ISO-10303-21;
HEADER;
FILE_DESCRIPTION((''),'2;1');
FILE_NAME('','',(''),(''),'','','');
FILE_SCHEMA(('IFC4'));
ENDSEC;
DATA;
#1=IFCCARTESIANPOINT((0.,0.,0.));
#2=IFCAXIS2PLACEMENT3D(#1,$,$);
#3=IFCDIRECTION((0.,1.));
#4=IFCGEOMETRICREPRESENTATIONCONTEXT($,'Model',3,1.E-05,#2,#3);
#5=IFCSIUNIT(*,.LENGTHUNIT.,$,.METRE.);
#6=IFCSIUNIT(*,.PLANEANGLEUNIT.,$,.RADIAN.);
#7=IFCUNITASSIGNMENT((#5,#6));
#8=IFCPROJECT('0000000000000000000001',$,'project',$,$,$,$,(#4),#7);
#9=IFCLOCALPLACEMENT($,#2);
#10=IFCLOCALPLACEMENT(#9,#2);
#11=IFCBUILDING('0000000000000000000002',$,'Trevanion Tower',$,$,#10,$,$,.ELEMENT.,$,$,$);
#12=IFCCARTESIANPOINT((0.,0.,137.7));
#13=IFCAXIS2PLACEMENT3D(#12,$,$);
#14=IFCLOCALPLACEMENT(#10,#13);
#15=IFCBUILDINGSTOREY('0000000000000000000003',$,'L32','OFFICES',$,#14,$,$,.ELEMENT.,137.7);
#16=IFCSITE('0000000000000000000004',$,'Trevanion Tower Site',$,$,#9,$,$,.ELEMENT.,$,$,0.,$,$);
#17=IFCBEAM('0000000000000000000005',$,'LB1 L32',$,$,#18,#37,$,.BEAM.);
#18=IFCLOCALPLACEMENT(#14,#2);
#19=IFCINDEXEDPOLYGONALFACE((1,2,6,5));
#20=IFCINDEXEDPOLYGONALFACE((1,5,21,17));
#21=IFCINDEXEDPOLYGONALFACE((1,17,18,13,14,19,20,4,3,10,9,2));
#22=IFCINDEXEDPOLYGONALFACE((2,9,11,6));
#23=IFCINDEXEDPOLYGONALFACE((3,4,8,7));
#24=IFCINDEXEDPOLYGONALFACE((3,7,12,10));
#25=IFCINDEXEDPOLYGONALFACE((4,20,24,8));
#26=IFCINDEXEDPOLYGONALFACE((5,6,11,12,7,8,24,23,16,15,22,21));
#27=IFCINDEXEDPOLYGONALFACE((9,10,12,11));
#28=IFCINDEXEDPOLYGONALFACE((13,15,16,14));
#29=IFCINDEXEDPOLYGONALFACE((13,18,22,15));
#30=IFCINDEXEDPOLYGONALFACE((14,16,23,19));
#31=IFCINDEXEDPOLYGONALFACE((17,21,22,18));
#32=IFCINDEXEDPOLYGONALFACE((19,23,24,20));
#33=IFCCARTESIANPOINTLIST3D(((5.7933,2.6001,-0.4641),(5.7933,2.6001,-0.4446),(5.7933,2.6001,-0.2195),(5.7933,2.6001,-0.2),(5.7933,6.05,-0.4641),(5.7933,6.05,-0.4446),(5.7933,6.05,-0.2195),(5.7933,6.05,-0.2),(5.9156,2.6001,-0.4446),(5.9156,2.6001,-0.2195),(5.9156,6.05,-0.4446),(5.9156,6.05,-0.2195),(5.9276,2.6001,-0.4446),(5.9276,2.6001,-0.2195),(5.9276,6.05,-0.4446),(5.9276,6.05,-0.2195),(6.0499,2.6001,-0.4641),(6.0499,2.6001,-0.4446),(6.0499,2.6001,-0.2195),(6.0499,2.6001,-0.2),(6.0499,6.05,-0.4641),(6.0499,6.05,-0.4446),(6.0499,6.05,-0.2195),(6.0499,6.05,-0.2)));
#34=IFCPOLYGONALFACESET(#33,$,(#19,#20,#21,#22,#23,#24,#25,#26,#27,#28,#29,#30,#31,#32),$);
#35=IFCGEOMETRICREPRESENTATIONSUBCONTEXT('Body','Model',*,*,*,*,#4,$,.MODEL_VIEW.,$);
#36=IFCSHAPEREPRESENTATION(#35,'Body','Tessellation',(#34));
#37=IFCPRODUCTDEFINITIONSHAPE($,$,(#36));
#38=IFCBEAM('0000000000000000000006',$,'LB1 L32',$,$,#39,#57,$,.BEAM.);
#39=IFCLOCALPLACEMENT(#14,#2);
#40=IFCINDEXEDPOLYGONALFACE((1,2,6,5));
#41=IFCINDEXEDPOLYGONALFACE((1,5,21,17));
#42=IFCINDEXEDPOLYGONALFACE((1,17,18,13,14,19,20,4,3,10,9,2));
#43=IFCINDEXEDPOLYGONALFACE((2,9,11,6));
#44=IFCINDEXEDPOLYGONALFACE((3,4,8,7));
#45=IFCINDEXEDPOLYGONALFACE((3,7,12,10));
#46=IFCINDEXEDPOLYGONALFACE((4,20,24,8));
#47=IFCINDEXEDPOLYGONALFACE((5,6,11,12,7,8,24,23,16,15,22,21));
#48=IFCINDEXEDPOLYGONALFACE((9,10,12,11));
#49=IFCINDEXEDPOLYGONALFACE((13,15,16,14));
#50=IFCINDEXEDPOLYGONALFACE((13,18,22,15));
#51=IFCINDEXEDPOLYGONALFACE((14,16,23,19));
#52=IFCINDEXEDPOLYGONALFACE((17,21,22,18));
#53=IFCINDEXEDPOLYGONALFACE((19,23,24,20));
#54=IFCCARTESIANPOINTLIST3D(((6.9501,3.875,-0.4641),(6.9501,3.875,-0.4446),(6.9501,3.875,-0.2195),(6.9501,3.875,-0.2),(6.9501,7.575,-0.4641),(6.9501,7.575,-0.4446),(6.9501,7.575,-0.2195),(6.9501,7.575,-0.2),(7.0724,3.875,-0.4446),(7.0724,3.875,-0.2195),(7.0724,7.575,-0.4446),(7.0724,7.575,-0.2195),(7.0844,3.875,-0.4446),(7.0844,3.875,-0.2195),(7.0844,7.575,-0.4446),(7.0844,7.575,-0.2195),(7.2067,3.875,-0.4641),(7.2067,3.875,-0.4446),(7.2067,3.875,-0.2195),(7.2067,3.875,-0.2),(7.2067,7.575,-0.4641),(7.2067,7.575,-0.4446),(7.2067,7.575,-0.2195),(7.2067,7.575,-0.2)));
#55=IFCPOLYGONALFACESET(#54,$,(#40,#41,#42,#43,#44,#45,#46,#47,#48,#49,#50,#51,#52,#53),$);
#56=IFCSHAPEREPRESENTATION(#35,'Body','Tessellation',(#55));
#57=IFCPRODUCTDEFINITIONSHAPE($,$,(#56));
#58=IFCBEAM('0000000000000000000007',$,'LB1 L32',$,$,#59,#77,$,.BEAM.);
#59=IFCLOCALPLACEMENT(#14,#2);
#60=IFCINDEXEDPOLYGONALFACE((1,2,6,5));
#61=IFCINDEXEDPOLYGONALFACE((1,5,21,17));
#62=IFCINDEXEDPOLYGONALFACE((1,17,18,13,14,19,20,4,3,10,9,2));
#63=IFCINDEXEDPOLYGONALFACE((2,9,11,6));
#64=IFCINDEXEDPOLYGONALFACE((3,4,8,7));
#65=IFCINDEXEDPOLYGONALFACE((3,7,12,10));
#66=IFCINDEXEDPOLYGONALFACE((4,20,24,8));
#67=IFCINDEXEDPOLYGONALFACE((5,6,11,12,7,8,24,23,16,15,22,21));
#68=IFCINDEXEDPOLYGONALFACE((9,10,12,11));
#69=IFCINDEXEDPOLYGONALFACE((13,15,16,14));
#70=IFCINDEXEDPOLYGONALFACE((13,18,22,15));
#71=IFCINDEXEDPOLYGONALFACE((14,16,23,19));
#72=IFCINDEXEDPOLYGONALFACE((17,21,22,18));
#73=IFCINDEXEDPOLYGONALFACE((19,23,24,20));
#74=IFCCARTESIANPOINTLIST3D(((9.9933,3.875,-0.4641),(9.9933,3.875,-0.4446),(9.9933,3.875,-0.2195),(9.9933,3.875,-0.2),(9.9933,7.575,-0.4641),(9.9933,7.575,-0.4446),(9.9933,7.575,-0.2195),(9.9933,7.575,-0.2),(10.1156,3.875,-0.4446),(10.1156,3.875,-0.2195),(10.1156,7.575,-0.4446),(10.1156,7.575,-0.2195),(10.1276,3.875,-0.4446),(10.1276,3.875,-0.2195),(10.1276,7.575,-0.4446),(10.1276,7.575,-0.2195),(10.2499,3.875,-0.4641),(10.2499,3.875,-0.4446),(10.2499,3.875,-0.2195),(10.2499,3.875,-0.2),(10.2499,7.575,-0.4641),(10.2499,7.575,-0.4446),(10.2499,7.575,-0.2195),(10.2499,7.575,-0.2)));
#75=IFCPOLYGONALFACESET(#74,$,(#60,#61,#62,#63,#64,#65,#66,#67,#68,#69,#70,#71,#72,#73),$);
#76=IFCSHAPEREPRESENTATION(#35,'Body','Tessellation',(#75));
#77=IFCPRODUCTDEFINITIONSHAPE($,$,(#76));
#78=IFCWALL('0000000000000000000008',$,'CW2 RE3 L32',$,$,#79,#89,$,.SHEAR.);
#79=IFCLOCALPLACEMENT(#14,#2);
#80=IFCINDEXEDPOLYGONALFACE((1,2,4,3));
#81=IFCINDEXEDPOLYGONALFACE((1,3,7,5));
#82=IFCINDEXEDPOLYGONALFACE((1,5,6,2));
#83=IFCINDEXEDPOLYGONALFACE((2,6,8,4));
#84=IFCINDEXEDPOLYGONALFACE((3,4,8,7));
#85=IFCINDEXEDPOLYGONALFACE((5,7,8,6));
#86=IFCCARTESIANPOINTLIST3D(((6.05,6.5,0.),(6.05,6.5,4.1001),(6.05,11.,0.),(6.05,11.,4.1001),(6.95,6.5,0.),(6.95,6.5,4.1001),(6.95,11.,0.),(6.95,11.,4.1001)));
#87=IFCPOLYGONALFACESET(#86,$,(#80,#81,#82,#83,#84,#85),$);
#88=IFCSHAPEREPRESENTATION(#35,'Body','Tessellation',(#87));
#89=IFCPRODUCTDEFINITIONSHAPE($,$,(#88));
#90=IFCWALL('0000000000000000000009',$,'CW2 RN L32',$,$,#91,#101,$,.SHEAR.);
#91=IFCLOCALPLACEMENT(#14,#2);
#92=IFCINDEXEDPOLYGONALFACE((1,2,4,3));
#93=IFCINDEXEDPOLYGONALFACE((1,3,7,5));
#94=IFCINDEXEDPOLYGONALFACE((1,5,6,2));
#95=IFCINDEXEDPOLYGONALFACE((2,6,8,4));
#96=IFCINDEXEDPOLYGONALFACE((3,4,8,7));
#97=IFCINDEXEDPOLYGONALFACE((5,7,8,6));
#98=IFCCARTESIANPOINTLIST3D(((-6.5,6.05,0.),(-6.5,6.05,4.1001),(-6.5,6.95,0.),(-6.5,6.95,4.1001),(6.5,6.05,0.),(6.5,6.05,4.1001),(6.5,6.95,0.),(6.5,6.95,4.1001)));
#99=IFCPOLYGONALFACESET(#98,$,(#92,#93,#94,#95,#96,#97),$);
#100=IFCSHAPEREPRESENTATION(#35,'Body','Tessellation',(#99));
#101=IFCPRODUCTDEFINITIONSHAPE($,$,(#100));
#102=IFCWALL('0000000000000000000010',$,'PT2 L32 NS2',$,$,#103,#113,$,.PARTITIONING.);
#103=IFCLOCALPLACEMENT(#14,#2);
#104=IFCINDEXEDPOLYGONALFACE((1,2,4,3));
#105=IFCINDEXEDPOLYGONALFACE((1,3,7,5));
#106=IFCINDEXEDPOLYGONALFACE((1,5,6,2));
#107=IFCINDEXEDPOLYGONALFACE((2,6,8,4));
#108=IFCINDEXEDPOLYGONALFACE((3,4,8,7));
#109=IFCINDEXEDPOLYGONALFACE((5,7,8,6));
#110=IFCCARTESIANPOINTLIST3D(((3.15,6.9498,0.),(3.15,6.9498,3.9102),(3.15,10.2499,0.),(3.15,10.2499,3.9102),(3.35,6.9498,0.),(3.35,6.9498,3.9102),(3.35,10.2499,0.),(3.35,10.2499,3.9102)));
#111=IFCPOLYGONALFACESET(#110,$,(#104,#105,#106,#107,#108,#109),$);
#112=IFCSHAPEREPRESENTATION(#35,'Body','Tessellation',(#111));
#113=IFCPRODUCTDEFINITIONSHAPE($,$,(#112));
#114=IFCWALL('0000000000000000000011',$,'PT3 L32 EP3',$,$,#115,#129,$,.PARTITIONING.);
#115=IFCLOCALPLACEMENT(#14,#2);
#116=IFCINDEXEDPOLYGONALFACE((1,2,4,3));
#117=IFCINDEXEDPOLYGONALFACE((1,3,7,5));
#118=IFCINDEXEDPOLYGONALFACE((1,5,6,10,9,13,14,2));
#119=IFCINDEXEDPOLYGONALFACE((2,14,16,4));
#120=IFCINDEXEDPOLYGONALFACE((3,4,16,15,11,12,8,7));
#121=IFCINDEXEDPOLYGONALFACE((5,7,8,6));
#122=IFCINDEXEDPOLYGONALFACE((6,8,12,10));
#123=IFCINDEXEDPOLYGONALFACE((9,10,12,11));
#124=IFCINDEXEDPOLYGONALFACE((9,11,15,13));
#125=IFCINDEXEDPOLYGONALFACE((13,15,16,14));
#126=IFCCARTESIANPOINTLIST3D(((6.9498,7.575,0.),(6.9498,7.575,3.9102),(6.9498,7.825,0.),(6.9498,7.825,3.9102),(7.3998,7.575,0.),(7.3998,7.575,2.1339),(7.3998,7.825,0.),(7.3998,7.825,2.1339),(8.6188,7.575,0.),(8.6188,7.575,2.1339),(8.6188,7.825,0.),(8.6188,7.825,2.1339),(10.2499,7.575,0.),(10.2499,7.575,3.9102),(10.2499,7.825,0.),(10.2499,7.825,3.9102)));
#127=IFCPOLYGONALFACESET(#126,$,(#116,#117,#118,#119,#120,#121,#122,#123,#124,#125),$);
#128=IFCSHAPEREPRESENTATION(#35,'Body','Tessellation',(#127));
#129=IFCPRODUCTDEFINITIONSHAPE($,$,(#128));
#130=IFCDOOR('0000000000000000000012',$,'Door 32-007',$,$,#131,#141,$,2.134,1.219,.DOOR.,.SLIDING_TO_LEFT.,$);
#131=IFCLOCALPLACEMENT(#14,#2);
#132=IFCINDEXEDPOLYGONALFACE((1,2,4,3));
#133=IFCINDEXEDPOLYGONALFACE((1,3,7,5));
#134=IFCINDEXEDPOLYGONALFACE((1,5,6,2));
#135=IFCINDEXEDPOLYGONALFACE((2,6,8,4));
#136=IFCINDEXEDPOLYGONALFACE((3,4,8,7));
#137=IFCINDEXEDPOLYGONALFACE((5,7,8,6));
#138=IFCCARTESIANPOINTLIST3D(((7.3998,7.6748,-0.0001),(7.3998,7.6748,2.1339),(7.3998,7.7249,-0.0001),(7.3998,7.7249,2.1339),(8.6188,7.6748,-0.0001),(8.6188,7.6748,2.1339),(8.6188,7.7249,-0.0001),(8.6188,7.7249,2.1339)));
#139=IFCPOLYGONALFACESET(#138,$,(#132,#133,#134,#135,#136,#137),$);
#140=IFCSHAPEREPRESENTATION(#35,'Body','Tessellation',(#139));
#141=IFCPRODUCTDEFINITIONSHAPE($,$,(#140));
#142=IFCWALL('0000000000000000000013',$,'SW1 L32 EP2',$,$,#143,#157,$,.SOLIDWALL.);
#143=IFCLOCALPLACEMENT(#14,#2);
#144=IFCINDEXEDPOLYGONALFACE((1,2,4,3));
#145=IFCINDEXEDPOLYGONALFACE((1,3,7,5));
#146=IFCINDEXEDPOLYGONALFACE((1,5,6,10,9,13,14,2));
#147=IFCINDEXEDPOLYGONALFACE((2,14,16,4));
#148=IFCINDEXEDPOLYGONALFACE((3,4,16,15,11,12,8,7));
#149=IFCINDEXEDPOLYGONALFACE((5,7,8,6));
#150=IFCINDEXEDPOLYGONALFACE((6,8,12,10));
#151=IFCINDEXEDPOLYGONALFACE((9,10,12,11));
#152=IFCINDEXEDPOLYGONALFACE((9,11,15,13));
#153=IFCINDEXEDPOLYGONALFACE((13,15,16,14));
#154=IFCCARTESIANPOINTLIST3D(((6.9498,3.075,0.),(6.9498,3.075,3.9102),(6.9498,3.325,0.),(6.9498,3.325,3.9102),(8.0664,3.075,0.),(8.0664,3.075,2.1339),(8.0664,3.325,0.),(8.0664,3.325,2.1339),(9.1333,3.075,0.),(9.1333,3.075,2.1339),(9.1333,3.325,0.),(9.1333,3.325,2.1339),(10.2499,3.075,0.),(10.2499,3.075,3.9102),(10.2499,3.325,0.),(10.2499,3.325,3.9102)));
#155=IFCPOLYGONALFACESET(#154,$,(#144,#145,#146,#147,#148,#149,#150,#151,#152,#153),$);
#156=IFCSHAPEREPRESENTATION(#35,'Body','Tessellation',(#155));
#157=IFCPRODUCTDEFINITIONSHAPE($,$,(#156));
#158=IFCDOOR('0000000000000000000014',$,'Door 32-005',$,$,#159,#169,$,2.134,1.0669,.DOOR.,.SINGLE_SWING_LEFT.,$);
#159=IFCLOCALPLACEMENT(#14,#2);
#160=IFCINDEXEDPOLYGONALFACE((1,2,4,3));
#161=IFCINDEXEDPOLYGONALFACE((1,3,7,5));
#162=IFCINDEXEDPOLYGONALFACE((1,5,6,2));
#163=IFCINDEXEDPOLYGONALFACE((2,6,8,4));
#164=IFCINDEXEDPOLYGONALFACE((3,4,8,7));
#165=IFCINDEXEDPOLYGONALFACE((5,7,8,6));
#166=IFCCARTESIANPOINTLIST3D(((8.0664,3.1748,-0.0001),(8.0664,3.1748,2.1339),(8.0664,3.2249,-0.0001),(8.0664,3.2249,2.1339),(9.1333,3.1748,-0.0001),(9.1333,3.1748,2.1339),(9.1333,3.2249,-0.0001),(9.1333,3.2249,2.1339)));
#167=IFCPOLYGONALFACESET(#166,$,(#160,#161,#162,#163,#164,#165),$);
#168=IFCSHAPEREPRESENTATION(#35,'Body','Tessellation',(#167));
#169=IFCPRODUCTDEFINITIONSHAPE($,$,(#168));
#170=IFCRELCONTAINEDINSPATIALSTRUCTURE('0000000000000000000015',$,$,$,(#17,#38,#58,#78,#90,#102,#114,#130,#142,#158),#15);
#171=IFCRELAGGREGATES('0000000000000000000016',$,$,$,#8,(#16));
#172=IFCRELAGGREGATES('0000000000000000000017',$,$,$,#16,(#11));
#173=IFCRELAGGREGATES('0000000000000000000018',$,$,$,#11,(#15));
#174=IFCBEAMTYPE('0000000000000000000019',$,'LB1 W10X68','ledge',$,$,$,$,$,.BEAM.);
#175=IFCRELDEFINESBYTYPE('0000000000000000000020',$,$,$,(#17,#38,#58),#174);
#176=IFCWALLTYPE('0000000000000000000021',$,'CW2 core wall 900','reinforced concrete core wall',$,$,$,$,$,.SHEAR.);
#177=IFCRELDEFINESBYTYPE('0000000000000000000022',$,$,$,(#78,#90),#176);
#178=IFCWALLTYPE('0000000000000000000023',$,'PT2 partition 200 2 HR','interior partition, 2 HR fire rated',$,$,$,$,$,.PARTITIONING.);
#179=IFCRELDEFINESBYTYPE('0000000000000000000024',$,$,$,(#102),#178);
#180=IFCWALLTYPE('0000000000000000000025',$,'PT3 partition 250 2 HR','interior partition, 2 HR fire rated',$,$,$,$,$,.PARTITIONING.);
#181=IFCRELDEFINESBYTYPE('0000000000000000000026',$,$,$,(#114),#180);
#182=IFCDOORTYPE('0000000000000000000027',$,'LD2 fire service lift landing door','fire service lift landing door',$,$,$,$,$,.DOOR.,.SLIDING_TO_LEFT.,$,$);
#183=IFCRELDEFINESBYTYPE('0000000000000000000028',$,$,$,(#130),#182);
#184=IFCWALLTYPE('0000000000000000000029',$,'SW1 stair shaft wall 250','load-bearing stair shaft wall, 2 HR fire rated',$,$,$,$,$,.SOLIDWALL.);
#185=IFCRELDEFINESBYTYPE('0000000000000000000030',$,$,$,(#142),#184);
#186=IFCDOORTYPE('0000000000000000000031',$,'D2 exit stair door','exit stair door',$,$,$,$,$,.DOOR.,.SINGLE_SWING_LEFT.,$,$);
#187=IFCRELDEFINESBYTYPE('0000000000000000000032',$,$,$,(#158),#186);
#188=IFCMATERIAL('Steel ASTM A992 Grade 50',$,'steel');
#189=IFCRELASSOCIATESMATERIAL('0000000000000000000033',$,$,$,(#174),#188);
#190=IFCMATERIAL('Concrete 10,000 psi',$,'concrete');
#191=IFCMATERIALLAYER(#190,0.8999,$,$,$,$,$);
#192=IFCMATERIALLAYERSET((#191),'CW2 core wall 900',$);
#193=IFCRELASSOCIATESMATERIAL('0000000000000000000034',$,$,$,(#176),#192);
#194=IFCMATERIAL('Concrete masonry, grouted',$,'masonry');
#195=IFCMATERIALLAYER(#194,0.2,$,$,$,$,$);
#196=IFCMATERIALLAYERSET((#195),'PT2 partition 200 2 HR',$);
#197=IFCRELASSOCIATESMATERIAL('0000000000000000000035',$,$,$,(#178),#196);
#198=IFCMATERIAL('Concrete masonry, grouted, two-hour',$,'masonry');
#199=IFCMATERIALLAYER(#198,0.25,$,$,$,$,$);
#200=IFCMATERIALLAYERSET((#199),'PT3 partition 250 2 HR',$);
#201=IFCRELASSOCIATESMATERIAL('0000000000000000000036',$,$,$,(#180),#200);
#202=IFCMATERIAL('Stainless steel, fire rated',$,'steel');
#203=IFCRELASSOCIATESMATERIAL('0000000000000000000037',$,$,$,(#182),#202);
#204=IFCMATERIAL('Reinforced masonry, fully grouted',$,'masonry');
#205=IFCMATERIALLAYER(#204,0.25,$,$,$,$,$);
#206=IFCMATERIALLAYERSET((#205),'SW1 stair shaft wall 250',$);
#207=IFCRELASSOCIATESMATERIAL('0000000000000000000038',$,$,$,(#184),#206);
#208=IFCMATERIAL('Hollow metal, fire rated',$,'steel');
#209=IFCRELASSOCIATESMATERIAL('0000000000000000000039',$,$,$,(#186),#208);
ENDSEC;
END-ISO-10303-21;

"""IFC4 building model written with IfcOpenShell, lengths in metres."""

from ifc_helpers import new_model, si_unit, direction, frame, frame_2d, origin, origin_2d, place, context, subcontext, project, spatial, rectangle, i_section, extrude, material, layer, layer_set, material_profile, profile_set, type_object, element, fill, save


model = new_model("IFC4")

# Units and contexts
model_context = context("Model", 3, precision=1e-05, world=origin(), true_north=direction((0.0, 1.0)))
body_context = subcontext(model_context, "Body", "Model", "MODEL_VIEW")
ifc_project = project(units=[si_unit("LENGTHUNIT", "METRE"), si_unit("PLANEANGLEUNIT", "RADIAN")], contexts=[model_context])

# Site, building, storey
site_placement = place(None, origin())
site = spatial("IfcSite", under=ifc_project, at=site_placement, Name="Trevanion Tower Site", CompositionType="ELEMENT", RefElevation=0.0)
building_placement = place(site_placement, origin())
building = spatial("IfcBuilding", under=site, at=building_placement, Name="Trevanion Tower", CompositionType="ELEMENT")
storey_placement = place(building_placement, frame((0.0, 0.0, 137.7)))
storey = spatial("IfcBuildingStorey", under=building, at=storey_placement, Name="L32", Description="OFFICES", CompositionType="ELEMENT", Elevation=137.7)

# Beams
ifc_material_1 = material(Name="Steel ASTM A992 Grade 50", Category="steel")
ifc_material_profile = material_profile(ifc_material_1, i_section(OverallWidth=0.2566, OverallDepth=0.2642, WebThickness=0.012, FlangeThickness=0.0195, at=origin_2d()), Name="W10X68")
ifc_profile_set = profile_set([ifc_material_profile], Name="Steel ASTM A992 Grade 50")
beam_type = type_object("IfcBeamType", Name="LB1 W10X68", Description="ledge", PredefinedType="BEAM", material=ifc_profile_set)
beam_placement = place(storey_placement, frame((5.9216, 2.6001, -0.332), z_axis=(0.0, 1.0, 0.0), x_axis=(-1.0, 0.0, 0.0)))
element("IfcBeam", 1, at=beam_placement, inside=storey, type_object=beam_type, Name="LB1 L32", PredefinedType="BEAM", context=body_context, shape_type="SweptSolid", body=[
    extrude(i_section(OverallWidth=0.2566, OverallDepth=0.2642, WebThickness=0.012, FlangeThickness=0.0195, at=origin_2d()), origin(), (0.0, 0.0, 1.0), 3.45),
])
for number, where, z_axis, x_axis, name in (
    (2, (7.0784, 3.875, -0.332), (0.0, 1.0, 0.0), (-1.0, 0.0, 0.0), "LB1 L32"),
    (3, (10.1216, 3.875, -0.332), (0.0, 1.0, 0.0), (-1.0, 0.0, 0.0), "LB1 L32"),
):
    element("IfcBeam", number, at=place(storey_placement, frame(where, z_axis=z_axis, x_axis=x_axis)), inside=storey, type_object=beam_type, Name=name, PredefinedType="BEAM", context=body_context, shape_type="SweptSolid", body=[
        extrude(i_section(OverallWidth=0.2566, OverallDepth=0.2642, WebThickness=0.012, FlangeThickness=0.0195, at=origin_2d()), origin(), (0.0, 0.0, 1.0), 3.7),
    ])

# Walls
ifc_material_2 = material(Name="Concrete 10,000 psi", Category="concrete")
ifc_layer_1 = layer(ifc_material_2, 0.8999)
ifc_layer_set_1 = layer_set([ifc_layer_1], Name="CW2 core wall 900")
wall_type_1 = type_object("IfcWallType", Name="CW2 core wall 900", Description="reinforced concrete core wall", PredefinedType="SHEAR", material=ifc_layer_set_1)
wall_1_placement = place(storey_placement, frame((6.5, 6.5, 0.0), z_axis=(0.0, 0.0, 1.0), x_axis=(0.0, 1.0, 0.0)))
element("IfcWall", 4, at=wall_1_placement, inside=storey, type_object=wall_type_1, Name="CW2 RE3 L32", PredefinedType="SHEAR", context=body_context, shape_type="SweptSolid", body=[
    extrude(rectangle(XDim=4.5, YDim=0.8999, at=frame_2d((2.25, 0.0))), origin(), (0.0, 0.0, 1.0), 4.1001),
])
wall_2_placement = place(storey_placement, frame((6.5, 6.5, 0.0), z_axis=(0.0, 0.0, 1.0), x_axis=(-1.0, 0.0, 0.0)))
element("IfcWall", 5, at=wall_2_placement, inside=storey, type_object=wall_type_1, Name="CW2 RN L32", PredefinedType="SHEAR", context=body_context, shape_type="SweptSolid", body=[
    extrude(rectangle(XDim=13.0, YDim=0.8999, at=frame_2d((6.5, 0.0))), origin(), (0.0, 0.0, 1.0), 4.1001),
])
ifc_material_3 = material(Name="Concrete masonry, grouted", Category="masonry")
ifc_layer_2 = layer(ifc_material_3, 0.2)
ifc_layer_set_2 = layer_set([ifc_layer_2], Name="PT2 partition 200 2 HR")
wall_type_2 = type_object("IfcWallType", Name="PT2 partition 200 2 HR", Description="interior partition, 2 HR fire rated", PredefinedType="PARTITIONING", material=ifc_layer_set_2)
wall_3_placement = place(storey_placement, frame((3.25, 6.95, 0.0), z_axis=(0.0, 0.0, 1.0), x_axis=(0.0, 1.0, 0.0)))
element("IfcWall", 6, at=wall_3_placement, inside=storey, type_object=wall_type_2, Name="PT2 L32 NS2", PredefinedType="PARTITIONING", context=body_context, shape_type="SweptSolid", body=[
    extrude(rectangle(XDim=3.3, YDim=0.2, at=frame_2d((1.6499, 0.0))), origin(), (0.0, 0.0, 1.0), 3.9102),
])

# Walls, openings, doors
ifc_material_4 = material(Name="Concrete masonry, grouted, two-hour", Category="masonry")
ifc_layer_3 = layer(ifc_material_4, 0.25)
ifc_layer_set_3 = layer_set([ifc_layer_3], Name="PT3 partition 250 2 HR")
wall_type_3 = type_object("IfcWallType", Name="PT3 partition 250 2 HR", Description="interior partition, 2 HR fire rated", PredefinedType="PARTITIONING", material=ifc_layer_set_3)
wall_4_placement = place(storey_placement, frame((6.95, 7.7, 0.0), z_axis=(0.0, 0.0, 1.0), x_axis=(1.0, 0.0, 0.0)))
wall_4 = element("IfcWall", 7, at=wall_4_placement, inside=storey, type_object=wall_type_3, Name="PT3 L32 EP3", PredefinedType="PARTITIONING", context=body_context, shape_type="SweptSolid", body=[
    extrude(rectangle(XDim=3.3, YDim=0.25, at=frame_2d((1.6499, 0.0))), origin(), (0.0, 0.0, 1.0), 3.9102),
])
opening_1_placement = place(wall_4_placement, frame((0.45, 0.0, 0.0)))
opening_1 = element("IfcOpeningElement", 8, at=opening_1_placement, cuts=wall_4, PredefinedType="OPENING", context=body_context, shape_type="SweptSolid", body=[
    extrude(rectangle(XDim=1.219, YDim=2.134, at=frame_2d((0.6094, 1.0669))), frame((0.0, 0.135, 0.0), z_axis=(0.0, -1.0, 0.0), x_axis=(1.0, 0.0, 0.0)), (0.0, 0.0, 1.0), 0.27),
])
ifc_material_5 = material(Name="Stainless steel, fire rated", Category="steel")
door_type_1 = type_object("IfcDoorType", Name="LD2 fire service lift landing door", Description="fire service lift landing door", OperationType="SLIDING_TO_LEFT", PredefinedType="DOOR", material=ifc_material_5)
door_1_placement = place(opening_1_placement, origin())
door_1 = element("IfcDoor", 9, at=door_1_placement, inside=storey, type_object=door_type_1, Name="Door 32-007", OperationType="SLIDING_TO_LEFT", OverallHeight=2.134, OverallWidth=1.219, PredefinedType="DOOR", context=body_context, shape_type="SweptSolid", body=[
    extrude(rectangle(XDim=1.219, YDim=2.134, at=frame_2d((0.6094, 1.0669))), frame((0.0, 0.0249, 0.0), z_axis=(0.0, -1.0, 0.0), x_axis=(1.0, 0.0, 0.0)), (0.0, 0.0, 1.0), 0.05),
])
fill(opening_1, door_1)
ifc_material_6 = material(Name="Reinforced masonry, fully grouted", Category="masonry")
ifc_layer_4 = layer(ifc_material_6, 0.25)
ifc_layer_set_4 = layer_set([ifc_layer_4], Name="SW1 stair shaft wall 250")
wall_type_4 = type_object("IfcWallType", Name="SW1 stair shaft wall 250", Description="load-bearing stair shaft wall, 2 HR fire rated", PredefinedType="SOLIDWALL", material=ifc_layer_set_4)
wall_5_placement = place(storey_placement, frame((6.95, 3.2, 0.0), z_axis=(0.0, 0.0, 1.0), x_axis=(1.0, 0.0, 0.0)))
wall_5 = element("IfcWall", 10, at=wall_5_placement, inside=storey, type_object=wall_type_4, Name="SW1 L32 EP2", PredefinedType="SOLIDWALL", context=body_context, shape_type="SweptSolid", body=[
    extrude(rectangle(XDim=3.3, YDim=0.25, at=frame_2d((1.6499, 0.0))), origin(), (0.0, 0.0, 1.0), 3.9102),
])
opening_2_placement = place(wall_5_placement, frame((1.1165, 0.0, 0.0)))
opening_2 = element("IfcOpeningElement", 11, at=opening_2_placement, cuts=wall_5, PredefinedType="OPENING", context=body_context, shape_type="SweptSolid", body=[
    extrude(rectangle(XDim=1.0669, YDim=2.134, at=frame_2d((0.5334, 1.0669))), frame((0.0, 0.135, 0.0), z_axis=(0.0, -1.0, 0.0), x_axis=(1.0, 0.0, 0.0)), (0.0, 0.0, 1.0), 0.27),
])
ifc_material_7 = material(Name="Hollow metal, fire rated", Category="steel")
door_type_2 = type_object("IfcDoorType", Name="D2 exit stair door", Description="exit stair door", OperationType="SINGLE_SWING_LEFT", PredefinedType="DOOR", material=ifc_material_7)
door_2_placement = place(opening_2_placement, origin())
door_2 = element("IfcDoor", 12, at=door_2_placement, inside=storey, type_object=door_type_2, Name="Door 32-005", OperationType="SINGLE_SWING_LEFT", OverallHeight=2.134, OverallWidth=1.0669, PredefinedType="DOOR", context=body_context, shape_type="SweptSolid", body=[
    extrude(rectangle(XDim=1.0669, YDim=2.134, at=frame_2d((0.5334, 1.0669))), frame((0.0, 0.0249, 0.0), z_axis=(0.0, -1.0, 0.0), x_axis=(1.0, 0.0, 0.0)), (0.0, 0.0, 1.0), 0.05),
])
fill(opening_2, door_2)

save(model, "model.ifc")
